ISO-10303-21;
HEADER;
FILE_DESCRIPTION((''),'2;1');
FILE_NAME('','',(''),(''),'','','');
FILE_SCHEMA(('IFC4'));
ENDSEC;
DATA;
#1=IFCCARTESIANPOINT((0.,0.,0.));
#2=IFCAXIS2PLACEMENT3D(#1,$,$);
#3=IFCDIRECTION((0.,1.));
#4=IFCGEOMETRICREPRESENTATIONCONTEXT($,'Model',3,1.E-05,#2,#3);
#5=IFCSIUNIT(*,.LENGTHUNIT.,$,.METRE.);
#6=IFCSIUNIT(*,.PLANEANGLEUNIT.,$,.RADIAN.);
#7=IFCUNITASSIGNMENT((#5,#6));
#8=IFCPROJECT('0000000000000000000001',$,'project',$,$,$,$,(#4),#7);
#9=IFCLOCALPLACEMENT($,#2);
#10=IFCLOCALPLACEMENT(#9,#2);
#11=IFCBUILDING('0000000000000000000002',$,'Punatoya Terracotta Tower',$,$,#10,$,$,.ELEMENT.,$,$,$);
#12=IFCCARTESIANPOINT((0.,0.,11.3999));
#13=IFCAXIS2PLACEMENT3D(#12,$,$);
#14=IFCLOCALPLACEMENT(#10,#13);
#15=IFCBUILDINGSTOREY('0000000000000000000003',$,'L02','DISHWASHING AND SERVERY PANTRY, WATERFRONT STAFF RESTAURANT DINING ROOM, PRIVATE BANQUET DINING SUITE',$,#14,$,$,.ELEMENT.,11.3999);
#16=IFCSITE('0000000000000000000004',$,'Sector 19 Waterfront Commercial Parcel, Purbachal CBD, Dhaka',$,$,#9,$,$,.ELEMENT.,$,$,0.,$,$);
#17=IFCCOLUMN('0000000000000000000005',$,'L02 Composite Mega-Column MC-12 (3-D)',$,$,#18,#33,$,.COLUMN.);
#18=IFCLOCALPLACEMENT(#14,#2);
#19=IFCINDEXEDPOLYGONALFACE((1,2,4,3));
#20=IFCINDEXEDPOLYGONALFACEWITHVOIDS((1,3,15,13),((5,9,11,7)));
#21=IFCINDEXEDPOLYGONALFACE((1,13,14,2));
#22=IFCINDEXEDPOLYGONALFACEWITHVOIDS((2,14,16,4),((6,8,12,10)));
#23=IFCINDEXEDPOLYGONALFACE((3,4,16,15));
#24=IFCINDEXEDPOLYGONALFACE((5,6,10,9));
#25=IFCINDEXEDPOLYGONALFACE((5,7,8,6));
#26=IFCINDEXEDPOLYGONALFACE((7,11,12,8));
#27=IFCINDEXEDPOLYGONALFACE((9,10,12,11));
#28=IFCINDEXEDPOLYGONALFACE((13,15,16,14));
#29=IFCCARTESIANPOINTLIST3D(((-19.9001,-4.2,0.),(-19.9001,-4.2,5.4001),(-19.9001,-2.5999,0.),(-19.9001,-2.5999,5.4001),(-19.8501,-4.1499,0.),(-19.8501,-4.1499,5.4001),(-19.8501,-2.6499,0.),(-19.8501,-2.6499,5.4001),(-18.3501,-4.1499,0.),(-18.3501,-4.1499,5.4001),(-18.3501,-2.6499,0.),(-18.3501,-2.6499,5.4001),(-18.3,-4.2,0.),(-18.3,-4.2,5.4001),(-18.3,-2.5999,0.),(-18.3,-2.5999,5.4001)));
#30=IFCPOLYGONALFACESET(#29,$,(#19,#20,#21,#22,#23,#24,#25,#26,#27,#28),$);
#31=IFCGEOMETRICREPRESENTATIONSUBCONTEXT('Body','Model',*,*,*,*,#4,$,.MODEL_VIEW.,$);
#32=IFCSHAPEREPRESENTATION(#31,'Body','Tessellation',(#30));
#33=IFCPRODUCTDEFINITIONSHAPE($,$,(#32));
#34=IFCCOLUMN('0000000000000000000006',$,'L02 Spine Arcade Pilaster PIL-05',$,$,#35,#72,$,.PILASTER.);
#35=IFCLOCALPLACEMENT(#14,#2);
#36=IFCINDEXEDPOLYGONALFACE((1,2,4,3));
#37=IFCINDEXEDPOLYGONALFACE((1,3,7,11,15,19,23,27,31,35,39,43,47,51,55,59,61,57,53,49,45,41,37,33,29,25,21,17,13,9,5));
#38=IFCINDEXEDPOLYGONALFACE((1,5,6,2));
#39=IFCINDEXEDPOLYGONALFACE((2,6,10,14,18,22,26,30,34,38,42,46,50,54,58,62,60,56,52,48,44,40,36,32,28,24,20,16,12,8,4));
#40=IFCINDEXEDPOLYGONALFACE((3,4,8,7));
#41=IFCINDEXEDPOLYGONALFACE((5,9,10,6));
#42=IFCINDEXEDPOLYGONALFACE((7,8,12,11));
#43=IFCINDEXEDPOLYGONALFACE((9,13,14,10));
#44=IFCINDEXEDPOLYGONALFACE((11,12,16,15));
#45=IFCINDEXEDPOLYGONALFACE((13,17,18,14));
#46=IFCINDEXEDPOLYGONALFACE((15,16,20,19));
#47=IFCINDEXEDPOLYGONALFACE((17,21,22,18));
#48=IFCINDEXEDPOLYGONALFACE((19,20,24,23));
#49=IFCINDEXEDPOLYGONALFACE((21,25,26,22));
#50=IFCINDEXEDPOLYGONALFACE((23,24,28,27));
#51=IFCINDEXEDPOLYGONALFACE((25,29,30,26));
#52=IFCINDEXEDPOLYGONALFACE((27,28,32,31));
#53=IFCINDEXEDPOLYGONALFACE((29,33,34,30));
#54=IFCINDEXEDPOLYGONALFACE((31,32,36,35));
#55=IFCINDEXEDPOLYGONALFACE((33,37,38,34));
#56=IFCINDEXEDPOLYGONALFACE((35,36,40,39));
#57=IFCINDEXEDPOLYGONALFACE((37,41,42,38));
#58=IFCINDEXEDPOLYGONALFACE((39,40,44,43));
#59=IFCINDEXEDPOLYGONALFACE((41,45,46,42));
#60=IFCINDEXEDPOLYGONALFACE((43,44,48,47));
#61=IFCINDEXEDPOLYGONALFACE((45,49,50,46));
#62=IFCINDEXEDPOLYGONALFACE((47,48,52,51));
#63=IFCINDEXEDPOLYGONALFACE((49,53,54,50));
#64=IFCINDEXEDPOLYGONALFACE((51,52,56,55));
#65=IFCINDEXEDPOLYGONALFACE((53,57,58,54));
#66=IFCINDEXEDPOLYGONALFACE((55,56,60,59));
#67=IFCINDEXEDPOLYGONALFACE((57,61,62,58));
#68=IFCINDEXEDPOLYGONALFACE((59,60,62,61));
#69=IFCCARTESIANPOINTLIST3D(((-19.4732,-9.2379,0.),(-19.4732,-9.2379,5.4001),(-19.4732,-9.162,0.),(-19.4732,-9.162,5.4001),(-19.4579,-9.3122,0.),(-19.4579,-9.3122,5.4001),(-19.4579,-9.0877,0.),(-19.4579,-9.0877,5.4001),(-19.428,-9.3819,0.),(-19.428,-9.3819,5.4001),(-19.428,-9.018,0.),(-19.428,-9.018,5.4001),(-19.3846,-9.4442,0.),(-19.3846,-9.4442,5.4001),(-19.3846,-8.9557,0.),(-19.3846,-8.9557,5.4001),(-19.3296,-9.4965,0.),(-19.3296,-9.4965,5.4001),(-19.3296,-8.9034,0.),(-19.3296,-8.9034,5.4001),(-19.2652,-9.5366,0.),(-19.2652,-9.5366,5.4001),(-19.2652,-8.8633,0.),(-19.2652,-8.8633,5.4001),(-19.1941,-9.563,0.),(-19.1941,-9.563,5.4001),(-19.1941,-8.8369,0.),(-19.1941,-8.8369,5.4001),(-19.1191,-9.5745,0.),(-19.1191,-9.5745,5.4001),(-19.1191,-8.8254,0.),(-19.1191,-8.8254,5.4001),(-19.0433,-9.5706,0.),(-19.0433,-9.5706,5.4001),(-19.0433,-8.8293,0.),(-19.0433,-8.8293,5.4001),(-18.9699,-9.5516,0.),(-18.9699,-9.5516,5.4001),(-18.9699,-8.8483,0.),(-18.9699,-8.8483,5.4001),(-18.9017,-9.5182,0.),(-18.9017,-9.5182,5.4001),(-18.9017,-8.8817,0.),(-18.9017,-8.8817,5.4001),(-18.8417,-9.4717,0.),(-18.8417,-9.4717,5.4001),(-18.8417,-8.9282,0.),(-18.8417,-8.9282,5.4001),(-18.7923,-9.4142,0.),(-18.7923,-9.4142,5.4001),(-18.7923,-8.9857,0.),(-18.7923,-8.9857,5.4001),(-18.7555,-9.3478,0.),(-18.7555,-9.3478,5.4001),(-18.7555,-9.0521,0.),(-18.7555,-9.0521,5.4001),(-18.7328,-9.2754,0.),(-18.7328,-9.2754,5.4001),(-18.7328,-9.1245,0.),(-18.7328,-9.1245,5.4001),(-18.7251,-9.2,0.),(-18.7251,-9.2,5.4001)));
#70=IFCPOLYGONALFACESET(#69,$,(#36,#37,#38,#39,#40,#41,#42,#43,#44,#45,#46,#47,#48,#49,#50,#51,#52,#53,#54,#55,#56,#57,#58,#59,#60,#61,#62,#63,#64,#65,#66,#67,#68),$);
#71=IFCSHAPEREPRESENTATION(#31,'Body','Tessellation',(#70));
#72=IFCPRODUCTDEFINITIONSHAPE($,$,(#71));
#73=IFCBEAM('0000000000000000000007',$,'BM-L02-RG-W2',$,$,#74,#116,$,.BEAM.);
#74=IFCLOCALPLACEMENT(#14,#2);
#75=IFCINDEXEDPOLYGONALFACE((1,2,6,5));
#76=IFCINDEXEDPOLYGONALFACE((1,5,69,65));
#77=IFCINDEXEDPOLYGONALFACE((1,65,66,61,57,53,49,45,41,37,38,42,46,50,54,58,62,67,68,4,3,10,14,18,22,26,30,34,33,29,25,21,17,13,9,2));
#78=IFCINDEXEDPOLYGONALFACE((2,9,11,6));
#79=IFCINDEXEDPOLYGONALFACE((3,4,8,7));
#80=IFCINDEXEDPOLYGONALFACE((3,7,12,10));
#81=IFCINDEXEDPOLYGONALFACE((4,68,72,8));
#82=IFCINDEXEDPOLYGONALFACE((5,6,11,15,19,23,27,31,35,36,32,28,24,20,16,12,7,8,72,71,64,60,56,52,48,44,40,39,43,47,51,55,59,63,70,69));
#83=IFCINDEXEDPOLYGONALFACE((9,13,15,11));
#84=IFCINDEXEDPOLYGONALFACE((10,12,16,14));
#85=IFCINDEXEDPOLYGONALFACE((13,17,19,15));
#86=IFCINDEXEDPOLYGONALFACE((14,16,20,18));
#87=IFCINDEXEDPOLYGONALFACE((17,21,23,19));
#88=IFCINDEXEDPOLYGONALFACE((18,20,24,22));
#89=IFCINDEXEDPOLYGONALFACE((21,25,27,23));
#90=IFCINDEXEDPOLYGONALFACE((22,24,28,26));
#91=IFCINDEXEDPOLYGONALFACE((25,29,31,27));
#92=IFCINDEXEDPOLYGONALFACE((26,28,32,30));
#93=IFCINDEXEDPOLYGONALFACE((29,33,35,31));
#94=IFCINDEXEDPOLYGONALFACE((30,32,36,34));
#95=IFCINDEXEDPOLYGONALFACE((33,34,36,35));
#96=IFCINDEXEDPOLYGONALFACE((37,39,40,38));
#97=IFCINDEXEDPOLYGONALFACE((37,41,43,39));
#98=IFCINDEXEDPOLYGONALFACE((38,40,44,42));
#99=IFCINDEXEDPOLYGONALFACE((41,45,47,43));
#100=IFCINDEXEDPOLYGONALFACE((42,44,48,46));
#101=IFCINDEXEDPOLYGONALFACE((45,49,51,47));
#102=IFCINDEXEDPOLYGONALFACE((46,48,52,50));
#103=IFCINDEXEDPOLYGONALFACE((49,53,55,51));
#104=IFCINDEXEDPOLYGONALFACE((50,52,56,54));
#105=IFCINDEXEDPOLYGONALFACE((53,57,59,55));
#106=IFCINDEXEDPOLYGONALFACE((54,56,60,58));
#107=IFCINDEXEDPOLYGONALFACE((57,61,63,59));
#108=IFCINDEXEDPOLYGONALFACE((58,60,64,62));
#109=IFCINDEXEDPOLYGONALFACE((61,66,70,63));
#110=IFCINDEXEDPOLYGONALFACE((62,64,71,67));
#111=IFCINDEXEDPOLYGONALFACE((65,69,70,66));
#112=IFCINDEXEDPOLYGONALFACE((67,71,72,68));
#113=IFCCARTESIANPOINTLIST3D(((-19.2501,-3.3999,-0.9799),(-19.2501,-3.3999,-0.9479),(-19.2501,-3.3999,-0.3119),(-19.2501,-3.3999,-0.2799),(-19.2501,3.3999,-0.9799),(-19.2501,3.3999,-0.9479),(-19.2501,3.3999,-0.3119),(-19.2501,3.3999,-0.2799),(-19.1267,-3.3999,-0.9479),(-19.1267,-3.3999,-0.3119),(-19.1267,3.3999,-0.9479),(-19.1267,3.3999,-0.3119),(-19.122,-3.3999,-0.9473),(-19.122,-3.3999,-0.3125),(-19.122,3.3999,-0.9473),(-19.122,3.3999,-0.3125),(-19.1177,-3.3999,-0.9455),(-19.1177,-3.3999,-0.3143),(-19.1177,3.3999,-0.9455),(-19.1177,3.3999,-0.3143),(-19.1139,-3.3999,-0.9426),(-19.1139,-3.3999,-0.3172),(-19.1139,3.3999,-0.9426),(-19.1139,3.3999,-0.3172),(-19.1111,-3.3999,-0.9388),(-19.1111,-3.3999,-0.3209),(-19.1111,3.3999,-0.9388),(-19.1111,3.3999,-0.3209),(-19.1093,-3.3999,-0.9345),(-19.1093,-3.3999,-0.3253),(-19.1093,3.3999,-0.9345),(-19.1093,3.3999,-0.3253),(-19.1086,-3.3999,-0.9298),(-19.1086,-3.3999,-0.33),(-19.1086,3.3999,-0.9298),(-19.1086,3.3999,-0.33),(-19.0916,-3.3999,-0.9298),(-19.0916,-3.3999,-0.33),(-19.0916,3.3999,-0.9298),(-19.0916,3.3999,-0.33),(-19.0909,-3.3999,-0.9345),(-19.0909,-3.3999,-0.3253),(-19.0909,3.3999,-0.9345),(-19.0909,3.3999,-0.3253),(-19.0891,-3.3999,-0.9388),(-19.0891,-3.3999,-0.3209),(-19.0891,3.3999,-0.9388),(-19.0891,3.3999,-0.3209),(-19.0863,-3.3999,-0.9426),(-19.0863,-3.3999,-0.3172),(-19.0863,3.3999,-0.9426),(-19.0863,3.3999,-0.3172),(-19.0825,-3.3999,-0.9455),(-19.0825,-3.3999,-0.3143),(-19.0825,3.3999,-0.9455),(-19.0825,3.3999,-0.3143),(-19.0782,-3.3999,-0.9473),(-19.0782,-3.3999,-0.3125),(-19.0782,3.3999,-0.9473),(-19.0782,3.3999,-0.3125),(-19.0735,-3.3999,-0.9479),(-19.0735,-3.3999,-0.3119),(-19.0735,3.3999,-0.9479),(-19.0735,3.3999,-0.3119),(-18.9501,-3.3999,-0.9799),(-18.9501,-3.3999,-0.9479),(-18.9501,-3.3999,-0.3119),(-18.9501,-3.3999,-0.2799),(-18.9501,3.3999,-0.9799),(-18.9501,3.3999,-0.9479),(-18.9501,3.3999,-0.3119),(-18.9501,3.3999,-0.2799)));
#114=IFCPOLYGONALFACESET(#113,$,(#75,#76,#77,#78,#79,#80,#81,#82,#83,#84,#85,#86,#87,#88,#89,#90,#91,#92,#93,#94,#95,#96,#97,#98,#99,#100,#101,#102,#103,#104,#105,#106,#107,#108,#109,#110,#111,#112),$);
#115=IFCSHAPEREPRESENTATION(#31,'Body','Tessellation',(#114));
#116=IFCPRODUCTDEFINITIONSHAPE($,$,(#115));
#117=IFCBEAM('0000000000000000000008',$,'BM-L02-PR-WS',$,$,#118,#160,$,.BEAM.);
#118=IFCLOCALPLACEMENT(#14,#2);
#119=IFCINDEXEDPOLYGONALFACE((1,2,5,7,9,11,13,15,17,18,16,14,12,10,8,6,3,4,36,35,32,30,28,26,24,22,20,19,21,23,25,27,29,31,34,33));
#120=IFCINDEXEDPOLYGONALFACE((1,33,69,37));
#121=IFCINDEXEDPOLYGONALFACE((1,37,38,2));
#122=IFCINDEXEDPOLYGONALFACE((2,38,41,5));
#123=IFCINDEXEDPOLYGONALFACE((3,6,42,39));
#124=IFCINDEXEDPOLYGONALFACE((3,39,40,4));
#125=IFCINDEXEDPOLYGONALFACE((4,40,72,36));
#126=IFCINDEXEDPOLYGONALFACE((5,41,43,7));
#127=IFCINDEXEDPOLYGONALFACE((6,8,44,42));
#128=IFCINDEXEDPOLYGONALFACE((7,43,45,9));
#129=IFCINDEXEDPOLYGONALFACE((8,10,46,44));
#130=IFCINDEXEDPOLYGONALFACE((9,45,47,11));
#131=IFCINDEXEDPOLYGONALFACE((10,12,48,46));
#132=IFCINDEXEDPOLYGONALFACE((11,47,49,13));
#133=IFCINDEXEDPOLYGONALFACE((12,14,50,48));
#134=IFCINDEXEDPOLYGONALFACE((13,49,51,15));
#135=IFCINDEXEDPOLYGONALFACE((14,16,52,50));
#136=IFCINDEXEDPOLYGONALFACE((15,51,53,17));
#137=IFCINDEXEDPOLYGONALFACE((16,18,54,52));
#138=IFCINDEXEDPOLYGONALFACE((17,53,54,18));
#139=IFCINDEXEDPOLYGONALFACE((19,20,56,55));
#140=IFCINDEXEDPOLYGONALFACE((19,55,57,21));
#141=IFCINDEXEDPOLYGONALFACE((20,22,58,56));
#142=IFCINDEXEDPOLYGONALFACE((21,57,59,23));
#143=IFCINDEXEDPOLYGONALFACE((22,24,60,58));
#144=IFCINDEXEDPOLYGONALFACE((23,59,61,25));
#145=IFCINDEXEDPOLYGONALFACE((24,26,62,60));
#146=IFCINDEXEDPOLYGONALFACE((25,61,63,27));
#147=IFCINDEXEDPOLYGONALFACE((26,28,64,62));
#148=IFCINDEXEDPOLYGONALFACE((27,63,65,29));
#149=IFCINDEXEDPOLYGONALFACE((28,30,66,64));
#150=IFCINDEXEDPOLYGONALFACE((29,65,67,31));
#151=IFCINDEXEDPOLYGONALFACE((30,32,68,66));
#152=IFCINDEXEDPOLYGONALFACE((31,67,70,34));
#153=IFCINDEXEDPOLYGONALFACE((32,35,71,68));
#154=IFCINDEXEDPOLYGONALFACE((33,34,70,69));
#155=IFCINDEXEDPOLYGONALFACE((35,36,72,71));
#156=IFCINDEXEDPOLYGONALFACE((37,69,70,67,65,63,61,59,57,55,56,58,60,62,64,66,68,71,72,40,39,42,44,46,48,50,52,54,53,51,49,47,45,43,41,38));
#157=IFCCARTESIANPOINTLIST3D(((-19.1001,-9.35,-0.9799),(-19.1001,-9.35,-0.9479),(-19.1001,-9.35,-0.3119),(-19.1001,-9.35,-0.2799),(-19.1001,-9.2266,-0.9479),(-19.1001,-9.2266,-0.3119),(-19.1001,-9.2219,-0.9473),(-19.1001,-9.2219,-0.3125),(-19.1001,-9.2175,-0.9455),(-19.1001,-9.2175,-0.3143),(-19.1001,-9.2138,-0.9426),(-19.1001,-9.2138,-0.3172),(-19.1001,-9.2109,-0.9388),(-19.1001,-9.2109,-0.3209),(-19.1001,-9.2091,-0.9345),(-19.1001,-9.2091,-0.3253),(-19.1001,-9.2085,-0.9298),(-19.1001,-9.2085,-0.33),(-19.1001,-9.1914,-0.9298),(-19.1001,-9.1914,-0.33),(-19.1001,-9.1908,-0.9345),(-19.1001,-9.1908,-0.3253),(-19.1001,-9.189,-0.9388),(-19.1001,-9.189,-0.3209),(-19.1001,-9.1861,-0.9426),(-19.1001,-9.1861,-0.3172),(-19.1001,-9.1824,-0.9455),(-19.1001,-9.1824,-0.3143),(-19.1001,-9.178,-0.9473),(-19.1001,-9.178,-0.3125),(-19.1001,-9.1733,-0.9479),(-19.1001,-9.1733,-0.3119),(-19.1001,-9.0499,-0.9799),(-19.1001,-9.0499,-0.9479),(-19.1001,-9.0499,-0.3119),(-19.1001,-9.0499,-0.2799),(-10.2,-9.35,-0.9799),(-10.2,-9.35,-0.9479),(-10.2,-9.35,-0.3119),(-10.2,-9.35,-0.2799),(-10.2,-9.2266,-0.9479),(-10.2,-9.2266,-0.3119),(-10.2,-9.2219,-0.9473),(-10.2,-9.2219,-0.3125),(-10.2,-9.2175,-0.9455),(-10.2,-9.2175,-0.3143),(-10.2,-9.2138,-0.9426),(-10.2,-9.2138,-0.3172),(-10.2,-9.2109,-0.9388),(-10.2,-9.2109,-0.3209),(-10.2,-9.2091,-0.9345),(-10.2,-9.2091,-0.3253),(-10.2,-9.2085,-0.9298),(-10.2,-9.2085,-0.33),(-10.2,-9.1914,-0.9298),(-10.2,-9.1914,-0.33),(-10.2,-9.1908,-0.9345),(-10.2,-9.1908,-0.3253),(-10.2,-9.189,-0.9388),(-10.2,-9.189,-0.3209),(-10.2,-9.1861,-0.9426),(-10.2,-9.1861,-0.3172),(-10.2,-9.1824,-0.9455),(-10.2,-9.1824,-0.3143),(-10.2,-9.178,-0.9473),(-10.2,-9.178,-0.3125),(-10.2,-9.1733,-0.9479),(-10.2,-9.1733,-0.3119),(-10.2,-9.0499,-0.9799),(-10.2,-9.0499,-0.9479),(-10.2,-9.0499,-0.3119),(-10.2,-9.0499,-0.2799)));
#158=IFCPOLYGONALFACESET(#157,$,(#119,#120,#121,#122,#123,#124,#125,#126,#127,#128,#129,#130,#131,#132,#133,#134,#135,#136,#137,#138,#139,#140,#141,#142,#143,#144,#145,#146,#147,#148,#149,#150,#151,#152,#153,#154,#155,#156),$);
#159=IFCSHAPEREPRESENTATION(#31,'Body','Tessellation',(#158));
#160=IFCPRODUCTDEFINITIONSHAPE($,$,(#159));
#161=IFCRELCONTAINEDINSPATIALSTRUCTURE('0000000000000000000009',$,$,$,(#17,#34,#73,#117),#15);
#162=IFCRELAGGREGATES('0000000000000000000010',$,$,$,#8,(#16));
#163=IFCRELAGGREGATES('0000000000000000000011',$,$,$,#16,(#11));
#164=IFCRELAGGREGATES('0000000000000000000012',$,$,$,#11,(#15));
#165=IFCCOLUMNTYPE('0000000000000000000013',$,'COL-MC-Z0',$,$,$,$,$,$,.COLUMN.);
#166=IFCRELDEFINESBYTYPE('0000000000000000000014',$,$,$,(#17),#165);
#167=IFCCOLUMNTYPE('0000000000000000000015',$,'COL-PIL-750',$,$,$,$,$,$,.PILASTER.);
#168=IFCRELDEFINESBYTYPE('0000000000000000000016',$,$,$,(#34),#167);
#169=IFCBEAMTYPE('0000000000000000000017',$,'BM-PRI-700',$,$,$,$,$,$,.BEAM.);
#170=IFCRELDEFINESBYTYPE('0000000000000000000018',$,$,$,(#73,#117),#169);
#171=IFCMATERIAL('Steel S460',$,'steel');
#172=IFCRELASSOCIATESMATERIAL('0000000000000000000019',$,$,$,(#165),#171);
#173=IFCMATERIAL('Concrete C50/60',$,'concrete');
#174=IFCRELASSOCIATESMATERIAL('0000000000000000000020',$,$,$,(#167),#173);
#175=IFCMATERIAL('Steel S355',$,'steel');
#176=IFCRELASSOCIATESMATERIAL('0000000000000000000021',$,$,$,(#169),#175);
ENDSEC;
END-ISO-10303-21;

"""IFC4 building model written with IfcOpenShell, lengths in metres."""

from ifc_helpers import new_model, si_unit, direction, frame, origin, origin_2d, place, context, subcontext, project, spatial, hollow_rectangle, circle, i_section, extrude, material, material_profile, profile_set, type_object, element, save


model = new_model("IFC4")

# Units and contexts
model_context = context("Model", 3, precision=1e-05, world=origin(), true_north=direction((0.0, 1.0)))
body_context = subcontext(model_context, "Body", "Model", "MODEL_VIEW")
ifc_project = project(units=[si_unit("LENGTHUNIT", "METRE"), si_unit("PLANEANGLEUNIT", "RADIAN")], contexts=[model_context])

# Site, building, storey
site_placement = place(None, origin())
site = spatial("IfcSite", under=ifc_project, at=site_placement, Name="Sector 19 Waterfront Commercial Parcel, Purbachal CBD, Dhaka", CompositionType="ELEMENT", RefElevation=0.0)
building_placement = place(site_placement, origin())
building = spatial("IfcBuilding", under=site, at=building_placement, Name="Punatoya Terracotta Tower", CompositionType="ELEMENT")
storey_placement = place(building_placement, frame((0.0, 0.0, 11.3999)))
storey = spatial("IfcBuildingStorey", under=building, at=storey_placement, Name="L02", Description="DISHWASHING AND SERVERY PANTRY, WATERFRONT STAFF RESTAURANT DINING ROOM, PRIVATE BANQUET DINING SUITE", CompositionType="ELEMENT", Elevation=11.3999)

# Columns
ifc_material_1 = material(Name="Steel S460", Category="steel")
ifc_material_profile_1 = material_profile(ifc_material_1, hollow_rectangle(XDim=1.6001, YDim=1.6001, WallThickness=0.05, at=origin_2d()))
ifc_profile_set_1 = profile_set([ifc_material_profile_1], Name="Steel S460")
column_type_1 = type_object("IfcColumnType", Name="COL-MC-Z0", PredefinedType="COLUMN", material=ifc_profile_set_1)
column_1_placement = place(storey_placement, frame((-19.1001, -3.3999, 0.0), z_axis=(0.0, 0.0, 1.0), x_axis=(1.0, 0.0, 0.0)))
element("IfcColumn", 1, at=column_1_placement, inside=storey, type_object=column_type_1, Name="L02 Composite Mega-Column MC-12 (3-D)", PredefinedType="COLUMN", context=body_context, shape_type="SweptSolid", body=[
    extrude(hollow_rectangle(XDim=1.6001, YDim=1.6001, WallThickness=0.05, at=origin_2d()), origin(), (0.0, 0.0, 1.0), 5.4001),
])
ifc_material_2 = material(Name="Concrete C50/60", Category="concrete")
ifc_material_profile_2 = material_profile(ifc_material_2, circle(Radius=0.375, at=origin_2d()))
ifc_profile_set_2 = profile_set([ifc_material_profile_2], Name="Concrete C50/60")
column_type_2 = type_object("IfcColumnType", Name="COL-PIL-750", PredefinedType="PILASTER", material=ifc_profile_set_2)
column_2_placement = place(storey_placement, frame((-19.1001, -9.2, 0.0), z_axis=(0.0, 0.0, 1.0), x_axis=(1.0, 0.0, 0.0)))
element("IfcColumn", 2, at=column_2_placement, inside=storey, type_object=column_type_2, Name="L02 Spine Arcade Pilaster PIL-05", PredefinedType="PILASTER", context=body_context, shape_type="SweptSolid", body=[
    extrude(circle(Radius=0.375, at=origin_2d()), origin(), (0.0, 0.0, 1.0), 5.4001),
])

# Beams
ifc_material_3 = material(Name="Steel S355", Category="steel")
ifc_material_profile_3 = material_profile(ifc_material_3, i_section(OverallWidth=0.3, OverallDepth=0.7, WebThickness=0.0171, FlangeThickness=0.032, FilletRadius=0.0181, at=origin_2d()))
ifc_profile_set_3 = profile_set([ifc_material_profile_3], Name="Steel S355")
beam_type = type_object("IfcBeamType", Name="BM-PRI-700", PredefinedType="BEAM", material=ifc_profile_set_3)
beam_placement = place(storey_placement, frame((-19.1001, -3.3999, -0.6299), z_axis=(0.0, 1.0, 0.0), x_axis=(-1.0, 0.0, 0.0)))
element("IfcBeam", 3, at=beam_placement, inside=storey, type_object=beam_type, Name="BM-L02-RG-W2", PredefinedType="BEAM", context=body_context, shape_type="SweptSolid", body=[
    extrude(i_section(OverallWidth=0.3, OverallDepth=0.7, WebThickness=0.0171, FlangeThickness=0.032, FilletRadius=0.0181, at=origin_2d()), origin(), (0.0, 0.0, 1.0), 6.7998),
])
for number, where, z_axis, x_axis, name in (
    (4, (-19.1001, -9.2, -0.6299), (1.0, 0.0, 0.0), (0.0, 1.0, 0.0), "BM-L02-PR-WS"),
):
    element("IfcBeam", number, at=place(storey_placement, frame(where, z_axis=z_axis, x_axis=x_axis)), inside=storey, type_object=beam_type, Name=name, PredefinedType="BEAM", context=body_context, shape_type="SweptSolid", body=[
        extrude(i_section(OverallWidth=0.3, OverallDepth=0.7, WebThickness=0.0171, FlangeThickness=0.032, FilletRadius=0.0181, at=origin_2d()), origin(), (0.0, 0.0, 1.0), 8.9001),
    ])

save(model, "model.ifc")
